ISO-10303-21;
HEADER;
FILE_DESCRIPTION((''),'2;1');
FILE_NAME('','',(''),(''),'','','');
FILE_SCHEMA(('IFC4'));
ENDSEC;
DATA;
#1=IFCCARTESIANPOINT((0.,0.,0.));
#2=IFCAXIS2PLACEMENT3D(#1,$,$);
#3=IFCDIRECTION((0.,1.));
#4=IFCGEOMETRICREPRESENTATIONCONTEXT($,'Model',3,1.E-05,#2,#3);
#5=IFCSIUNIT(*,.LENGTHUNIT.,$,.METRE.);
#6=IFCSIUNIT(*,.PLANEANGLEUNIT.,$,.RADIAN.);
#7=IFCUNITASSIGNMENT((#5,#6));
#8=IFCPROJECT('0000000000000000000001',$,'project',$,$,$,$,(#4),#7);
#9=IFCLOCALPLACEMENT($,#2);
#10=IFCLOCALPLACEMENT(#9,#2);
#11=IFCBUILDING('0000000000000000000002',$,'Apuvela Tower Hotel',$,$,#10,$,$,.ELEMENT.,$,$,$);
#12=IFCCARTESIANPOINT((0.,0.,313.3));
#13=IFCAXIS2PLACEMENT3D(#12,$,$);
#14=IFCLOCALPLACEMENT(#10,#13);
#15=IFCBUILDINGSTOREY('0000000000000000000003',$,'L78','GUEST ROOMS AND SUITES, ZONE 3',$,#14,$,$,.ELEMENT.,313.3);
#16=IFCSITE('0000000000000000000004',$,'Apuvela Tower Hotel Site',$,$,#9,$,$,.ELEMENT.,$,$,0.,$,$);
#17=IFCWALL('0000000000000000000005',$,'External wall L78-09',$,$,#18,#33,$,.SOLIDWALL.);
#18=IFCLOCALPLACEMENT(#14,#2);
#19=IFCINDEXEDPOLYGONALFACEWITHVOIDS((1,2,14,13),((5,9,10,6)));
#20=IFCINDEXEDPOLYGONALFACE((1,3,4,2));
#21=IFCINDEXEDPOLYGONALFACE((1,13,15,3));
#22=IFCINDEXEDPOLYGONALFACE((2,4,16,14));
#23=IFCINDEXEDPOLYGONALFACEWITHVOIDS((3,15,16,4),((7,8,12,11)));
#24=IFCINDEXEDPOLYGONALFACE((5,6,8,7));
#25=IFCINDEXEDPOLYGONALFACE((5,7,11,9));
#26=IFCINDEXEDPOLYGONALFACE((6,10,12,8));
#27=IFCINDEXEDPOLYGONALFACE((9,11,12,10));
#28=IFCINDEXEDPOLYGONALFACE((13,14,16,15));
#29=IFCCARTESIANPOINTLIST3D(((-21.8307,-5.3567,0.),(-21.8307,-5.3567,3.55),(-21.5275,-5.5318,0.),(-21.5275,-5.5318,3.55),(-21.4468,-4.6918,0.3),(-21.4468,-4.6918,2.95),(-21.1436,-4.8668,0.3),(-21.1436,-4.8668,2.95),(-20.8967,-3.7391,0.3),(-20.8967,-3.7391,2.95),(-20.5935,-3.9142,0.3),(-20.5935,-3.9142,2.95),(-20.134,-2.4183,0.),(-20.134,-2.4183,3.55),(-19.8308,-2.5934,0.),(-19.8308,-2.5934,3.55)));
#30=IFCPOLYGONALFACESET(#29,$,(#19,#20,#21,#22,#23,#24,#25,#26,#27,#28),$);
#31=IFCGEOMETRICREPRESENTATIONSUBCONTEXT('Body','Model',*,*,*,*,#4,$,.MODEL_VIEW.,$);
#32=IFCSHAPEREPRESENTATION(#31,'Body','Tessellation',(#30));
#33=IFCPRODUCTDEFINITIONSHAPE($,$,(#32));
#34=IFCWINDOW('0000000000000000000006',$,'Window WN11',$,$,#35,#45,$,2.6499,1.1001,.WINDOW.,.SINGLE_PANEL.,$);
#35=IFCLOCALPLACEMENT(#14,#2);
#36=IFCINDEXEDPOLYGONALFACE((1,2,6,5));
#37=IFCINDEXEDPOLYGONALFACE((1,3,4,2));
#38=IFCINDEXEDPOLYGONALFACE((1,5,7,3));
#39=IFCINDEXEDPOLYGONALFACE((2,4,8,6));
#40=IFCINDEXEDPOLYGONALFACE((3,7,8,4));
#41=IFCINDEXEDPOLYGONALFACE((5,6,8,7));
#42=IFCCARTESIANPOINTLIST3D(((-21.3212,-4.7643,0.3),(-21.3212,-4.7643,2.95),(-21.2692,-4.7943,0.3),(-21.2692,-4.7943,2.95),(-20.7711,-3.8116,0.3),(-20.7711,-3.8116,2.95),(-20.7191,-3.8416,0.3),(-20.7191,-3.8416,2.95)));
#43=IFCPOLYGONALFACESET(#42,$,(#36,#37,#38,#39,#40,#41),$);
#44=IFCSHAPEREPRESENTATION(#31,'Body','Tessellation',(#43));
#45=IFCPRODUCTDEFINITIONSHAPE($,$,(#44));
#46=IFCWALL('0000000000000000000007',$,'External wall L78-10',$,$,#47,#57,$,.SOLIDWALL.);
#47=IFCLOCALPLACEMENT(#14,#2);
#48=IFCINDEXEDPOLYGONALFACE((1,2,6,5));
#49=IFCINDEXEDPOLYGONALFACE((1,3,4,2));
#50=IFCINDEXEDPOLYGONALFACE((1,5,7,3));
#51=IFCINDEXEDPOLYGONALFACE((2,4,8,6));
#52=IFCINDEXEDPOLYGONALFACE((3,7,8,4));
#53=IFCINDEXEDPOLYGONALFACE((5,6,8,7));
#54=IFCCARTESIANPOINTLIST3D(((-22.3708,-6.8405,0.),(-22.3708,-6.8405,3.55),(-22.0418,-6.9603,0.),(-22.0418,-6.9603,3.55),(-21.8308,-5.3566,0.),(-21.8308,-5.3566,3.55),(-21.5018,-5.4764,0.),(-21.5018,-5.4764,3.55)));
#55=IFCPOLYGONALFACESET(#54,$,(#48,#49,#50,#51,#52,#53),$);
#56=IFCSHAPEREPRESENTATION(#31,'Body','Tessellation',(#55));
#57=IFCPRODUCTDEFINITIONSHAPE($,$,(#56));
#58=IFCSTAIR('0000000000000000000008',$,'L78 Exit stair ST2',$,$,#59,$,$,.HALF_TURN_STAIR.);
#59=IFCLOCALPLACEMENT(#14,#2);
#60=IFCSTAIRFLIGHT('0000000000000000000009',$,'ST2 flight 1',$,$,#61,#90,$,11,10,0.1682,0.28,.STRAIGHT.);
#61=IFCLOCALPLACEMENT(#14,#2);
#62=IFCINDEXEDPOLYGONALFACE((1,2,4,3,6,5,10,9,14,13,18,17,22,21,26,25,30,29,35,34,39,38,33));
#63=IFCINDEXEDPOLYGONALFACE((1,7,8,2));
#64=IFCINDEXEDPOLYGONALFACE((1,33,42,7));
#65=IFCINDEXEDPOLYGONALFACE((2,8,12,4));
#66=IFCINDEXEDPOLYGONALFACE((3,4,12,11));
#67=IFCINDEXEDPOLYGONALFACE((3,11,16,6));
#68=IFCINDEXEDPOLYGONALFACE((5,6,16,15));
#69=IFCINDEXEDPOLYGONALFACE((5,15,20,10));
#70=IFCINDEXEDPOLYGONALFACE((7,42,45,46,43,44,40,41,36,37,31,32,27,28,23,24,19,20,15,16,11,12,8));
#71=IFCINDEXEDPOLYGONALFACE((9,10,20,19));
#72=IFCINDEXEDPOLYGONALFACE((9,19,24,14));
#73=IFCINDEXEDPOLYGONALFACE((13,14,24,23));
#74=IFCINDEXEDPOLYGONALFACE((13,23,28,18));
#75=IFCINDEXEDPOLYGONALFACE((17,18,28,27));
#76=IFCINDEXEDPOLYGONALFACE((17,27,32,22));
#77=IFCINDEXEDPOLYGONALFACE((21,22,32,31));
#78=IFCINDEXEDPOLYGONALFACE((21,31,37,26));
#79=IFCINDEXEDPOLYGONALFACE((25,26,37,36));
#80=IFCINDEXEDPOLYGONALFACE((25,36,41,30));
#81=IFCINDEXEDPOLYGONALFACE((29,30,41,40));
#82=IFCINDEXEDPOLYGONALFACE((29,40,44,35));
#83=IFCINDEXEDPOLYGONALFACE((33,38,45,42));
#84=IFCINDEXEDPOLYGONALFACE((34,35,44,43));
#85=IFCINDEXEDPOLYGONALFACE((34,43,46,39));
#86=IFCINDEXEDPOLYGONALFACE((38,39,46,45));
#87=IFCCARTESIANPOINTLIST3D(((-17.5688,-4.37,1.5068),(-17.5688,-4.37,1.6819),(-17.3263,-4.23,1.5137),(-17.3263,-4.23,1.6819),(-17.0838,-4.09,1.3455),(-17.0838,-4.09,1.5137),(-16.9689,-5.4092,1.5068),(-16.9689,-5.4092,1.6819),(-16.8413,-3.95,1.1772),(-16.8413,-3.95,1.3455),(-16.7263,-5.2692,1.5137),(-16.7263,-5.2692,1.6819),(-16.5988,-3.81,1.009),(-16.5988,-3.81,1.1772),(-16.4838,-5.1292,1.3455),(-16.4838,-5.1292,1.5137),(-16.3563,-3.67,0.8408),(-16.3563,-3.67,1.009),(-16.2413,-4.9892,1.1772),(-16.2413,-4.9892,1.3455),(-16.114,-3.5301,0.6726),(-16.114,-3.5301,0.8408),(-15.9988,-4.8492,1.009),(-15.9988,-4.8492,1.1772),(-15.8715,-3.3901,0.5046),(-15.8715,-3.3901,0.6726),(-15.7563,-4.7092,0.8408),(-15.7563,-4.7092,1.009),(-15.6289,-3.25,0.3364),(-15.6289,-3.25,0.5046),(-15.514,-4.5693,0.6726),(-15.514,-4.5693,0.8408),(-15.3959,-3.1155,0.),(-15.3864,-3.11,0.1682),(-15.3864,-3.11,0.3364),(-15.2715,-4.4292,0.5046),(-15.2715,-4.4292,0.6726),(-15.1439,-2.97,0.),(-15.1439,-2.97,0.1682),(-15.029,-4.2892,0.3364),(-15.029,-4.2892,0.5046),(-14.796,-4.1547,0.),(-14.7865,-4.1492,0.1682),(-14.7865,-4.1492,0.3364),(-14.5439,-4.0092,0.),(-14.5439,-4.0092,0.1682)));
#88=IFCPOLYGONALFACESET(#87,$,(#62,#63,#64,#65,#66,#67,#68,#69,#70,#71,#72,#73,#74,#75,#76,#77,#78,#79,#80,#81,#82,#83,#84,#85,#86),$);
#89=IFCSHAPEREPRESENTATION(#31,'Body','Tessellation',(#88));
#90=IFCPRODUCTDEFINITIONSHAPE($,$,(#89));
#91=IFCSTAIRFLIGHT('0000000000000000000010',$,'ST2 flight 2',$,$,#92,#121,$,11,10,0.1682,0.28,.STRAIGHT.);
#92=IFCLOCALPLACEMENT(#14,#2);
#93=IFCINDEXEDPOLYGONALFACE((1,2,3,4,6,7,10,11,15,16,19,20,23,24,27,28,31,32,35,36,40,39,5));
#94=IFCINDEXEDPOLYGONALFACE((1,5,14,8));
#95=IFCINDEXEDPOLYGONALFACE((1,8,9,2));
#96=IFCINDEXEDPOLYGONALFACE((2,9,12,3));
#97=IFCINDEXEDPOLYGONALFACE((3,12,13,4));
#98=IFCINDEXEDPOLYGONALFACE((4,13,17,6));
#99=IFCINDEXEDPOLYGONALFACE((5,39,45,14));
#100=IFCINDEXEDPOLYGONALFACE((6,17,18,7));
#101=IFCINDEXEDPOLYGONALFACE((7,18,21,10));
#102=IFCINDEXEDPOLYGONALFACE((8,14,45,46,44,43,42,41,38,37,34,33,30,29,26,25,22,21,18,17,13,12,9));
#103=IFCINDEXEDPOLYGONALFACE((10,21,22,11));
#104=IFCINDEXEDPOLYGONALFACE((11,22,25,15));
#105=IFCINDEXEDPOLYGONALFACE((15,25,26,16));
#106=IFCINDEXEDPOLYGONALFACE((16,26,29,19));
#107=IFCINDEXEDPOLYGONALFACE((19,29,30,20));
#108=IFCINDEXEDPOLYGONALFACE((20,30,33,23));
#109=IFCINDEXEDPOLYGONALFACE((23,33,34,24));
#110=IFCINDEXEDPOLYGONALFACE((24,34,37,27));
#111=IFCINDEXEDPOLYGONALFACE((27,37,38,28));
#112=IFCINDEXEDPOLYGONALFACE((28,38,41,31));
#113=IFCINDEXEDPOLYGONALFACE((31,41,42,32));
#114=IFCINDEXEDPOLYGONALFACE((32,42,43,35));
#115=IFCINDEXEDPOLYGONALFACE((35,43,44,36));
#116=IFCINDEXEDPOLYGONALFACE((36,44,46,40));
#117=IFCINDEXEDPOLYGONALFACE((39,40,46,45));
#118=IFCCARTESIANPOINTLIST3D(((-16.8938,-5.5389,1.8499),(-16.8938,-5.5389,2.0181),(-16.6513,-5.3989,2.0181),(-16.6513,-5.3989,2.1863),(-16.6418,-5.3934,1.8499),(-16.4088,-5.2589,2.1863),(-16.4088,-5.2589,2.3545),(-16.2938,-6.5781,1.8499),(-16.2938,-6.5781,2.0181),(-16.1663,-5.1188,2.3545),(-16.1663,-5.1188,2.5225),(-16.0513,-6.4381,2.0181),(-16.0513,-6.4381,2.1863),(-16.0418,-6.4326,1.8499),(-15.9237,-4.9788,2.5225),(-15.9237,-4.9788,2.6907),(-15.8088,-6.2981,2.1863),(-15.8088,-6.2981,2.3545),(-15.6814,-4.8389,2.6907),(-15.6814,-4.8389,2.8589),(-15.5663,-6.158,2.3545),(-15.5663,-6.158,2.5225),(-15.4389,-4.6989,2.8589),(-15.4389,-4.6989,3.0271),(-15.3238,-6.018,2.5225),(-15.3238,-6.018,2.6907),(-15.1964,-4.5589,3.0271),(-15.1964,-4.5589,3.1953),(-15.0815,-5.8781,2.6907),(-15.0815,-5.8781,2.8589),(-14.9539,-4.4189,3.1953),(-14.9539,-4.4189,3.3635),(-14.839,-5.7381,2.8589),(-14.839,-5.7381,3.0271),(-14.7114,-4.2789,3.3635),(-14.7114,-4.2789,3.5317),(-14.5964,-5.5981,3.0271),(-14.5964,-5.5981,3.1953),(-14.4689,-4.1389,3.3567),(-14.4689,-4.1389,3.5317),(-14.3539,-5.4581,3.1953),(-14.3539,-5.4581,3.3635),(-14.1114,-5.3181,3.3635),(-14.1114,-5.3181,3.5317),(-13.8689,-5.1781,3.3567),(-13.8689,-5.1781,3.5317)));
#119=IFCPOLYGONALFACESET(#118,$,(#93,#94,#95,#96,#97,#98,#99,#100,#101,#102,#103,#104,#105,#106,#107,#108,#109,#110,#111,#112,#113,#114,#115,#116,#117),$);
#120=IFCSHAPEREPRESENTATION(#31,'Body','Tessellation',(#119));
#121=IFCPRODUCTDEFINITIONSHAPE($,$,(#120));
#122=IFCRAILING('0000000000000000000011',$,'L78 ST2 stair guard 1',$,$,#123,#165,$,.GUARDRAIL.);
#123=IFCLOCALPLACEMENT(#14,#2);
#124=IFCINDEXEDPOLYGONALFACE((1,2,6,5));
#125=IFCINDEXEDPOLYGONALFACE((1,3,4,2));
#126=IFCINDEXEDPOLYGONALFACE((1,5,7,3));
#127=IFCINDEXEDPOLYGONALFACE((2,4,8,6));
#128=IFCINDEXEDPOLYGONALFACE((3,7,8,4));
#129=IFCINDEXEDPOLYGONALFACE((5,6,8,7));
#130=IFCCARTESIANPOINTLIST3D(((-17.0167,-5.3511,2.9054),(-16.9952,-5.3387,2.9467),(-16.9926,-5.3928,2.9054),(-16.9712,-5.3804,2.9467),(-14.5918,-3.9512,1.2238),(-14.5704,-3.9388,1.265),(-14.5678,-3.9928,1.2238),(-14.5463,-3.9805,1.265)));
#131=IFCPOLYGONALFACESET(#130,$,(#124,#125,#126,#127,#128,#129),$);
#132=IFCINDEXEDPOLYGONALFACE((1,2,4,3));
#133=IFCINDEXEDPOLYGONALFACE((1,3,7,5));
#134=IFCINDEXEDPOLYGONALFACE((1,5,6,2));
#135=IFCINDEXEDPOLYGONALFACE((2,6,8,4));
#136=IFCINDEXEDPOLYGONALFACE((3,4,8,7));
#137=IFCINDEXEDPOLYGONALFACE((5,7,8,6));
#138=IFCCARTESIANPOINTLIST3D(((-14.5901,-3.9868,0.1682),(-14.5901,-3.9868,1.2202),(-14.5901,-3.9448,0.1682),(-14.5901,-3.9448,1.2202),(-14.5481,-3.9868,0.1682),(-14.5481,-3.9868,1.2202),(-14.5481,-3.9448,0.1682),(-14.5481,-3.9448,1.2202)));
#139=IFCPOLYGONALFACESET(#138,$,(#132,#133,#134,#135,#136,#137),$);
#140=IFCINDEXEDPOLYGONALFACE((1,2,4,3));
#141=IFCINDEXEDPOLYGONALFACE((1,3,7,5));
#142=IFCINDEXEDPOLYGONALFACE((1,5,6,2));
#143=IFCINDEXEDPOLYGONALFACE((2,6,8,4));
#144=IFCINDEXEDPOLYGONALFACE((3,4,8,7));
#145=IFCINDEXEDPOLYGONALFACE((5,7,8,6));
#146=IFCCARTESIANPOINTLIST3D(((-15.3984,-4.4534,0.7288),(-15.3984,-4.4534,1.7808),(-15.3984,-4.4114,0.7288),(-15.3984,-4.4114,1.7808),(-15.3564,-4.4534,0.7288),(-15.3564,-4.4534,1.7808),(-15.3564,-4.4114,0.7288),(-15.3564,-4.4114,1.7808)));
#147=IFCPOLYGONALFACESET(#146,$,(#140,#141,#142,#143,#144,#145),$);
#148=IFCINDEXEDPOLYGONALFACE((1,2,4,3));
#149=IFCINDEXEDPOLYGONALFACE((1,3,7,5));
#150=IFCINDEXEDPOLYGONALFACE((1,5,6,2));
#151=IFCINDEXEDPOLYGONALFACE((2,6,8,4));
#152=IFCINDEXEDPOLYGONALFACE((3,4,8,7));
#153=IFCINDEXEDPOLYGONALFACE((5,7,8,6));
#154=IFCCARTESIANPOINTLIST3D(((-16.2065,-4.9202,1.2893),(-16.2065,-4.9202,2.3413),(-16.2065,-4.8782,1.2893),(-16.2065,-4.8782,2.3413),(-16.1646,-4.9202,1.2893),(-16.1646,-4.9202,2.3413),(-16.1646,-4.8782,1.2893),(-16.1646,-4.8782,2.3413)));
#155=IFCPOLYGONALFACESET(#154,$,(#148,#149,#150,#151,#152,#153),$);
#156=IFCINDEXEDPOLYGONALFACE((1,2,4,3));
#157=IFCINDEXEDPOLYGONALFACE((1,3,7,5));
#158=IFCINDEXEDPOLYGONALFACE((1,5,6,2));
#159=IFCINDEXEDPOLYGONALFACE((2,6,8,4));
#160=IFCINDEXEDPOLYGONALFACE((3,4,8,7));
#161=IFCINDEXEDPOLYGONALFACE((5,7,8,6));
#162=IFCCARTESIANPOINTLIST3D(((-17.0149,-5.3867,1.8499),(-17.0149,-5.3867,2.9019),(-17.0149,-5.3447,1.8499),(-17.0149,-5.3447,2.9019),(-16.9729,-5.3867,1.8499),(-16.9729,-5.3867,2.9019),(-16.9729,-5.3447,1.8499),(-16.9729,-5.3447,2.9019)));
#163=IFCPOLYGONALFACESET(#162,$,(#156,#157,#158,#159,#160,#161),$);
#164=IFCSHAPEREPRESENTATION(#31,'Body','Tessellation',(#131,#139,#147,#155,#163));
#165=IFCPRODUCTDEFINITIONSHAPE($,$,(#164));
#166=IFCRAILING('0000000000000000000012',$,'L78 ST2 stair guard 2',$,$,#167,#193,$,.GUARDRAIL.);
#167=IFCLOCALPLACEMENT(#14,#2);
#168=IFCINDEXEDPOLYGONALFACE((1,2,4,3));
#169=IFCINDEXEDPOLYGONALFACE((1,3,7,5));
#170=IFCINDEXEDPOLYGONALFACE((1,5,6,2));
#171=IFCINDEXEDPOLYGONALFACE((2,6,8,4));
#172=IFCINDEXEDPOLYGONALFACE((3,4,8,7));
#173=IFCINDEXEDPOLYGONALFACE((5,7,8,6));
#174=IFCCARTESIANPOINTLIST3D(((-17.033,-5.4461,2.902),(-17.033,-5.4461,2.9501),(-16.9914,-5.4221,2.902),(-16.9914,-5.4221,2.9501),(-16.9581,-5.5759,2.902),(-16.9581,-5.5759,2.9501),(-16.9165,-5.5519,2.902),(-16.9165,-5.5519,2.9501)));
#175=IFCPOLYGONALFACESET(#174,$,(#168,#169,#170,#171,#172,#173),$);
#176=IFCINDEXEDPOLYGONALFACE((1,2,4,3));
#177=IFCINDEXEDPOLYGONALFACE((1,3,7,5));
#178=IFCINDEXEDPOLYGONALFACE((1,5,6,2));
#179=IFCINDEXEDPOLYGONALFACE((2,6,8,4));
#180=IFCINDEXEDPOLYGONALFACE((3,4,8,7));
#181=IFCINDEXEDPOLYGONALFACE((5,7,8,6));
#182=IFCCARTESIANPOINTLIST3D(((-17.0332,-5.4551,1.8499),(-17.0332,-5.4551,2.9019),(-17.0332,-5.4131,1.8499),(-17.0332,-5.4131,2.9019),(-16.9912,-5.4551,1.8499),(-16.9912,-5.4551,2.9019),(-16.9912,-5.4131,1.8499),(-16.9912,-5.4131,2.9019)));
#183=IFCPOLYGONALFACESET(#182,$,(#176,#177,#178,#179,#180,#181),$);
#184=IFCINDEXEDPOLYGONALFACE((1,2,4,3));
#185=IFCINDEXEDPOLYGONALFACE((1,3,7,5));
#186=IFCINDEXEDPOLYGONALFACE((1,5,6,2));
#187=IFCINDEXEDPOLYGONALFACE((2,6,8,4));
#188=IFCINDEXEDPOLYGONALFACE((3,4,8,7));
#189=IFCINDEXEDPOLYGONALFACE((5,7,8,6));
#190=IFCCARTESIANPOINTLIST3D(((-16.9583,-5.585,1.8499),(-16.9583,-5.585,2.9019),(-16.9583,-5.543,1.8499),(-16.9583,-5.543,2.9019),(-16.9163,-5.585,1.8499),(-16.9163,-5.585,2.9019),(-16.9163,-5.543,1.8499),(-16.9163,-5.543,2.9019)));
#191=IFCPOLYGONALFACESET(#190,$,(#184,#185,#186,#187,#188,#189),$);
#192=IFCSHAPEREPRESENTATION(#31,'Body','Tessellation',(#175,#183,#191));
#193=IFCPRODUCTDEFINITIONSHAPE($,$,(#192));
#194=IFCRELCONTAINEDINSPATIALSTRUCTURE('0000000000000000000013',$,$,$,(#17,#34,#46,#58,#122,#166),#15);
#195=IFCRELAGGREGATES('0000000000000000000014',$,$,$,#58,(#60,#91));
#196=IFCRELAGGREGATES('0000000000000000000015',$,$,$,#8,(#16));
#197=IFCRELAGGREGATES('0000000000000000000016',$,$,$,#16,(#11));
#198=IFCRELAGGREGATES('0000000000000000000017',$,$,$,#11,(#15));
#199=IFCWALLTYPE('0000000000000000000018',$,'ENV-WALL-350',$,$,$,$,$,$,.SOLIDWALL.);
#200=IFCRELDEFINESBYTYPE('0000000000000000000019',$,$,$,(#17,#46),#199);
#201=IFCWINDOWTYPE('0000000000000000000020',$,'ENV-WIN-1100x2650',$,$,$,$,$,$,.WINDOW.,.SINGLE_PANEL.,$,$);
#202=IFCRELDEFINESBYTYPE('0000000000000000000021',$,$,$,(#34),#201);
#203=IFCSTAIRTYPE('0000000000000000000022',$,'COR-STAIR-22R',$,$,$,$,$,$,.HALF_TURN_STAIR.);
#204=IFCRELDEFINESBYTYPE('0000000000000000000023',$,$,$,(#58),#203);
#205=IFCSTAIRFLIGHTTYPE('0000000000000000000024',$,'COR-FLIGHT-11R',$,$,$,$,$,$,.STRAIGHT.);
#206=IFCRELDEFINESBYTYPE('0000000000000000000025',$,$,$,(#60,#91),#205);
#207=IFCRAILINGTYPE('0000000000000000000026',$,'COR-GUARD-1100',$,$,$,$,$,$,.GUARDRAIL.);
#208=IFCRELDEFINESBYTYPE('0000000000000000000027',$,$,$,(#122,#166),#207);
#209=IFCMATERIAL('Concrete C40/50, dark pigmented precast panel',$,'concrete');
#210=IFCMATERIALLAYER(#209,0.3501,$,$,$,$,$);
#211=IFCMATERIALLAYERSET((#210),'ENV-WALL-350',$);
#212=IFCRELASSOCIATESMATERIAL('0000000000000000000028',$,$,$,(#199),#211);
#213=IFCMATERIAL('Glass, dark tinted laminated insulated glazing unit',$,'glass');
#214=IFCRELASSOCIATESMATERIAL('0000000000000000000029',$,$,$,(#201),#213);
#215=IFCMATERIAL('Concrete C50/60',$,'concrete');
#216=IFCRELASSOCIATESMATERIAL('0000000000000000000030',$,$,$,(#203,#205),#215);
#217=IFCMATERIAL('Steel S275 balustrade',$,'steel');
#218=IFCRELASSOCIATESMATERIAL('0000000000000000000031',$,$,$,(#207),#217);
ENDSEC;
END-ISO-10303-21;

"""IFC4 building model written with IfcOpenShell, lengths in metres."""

from ifc_helpers import new_model, si_unit, direction, frame, frame_2d, origin, origin_2d, place, context, subcontext, project, spatial, polyline, rectangle, outline, extrude, material, layer, layer_set, type_object, element, fill, aggregate, save


model = new_model("IFC4")

# Units and contexts
model_context = context("Model", 3, precision=1e-05, world=origin(), true_north=direction((0.0, 1.0)))
body_context = subcontext(model_context, "Body", "Model", "MODEL_VIEW")
ifc_project = project(units=[si_unit("LENGTHUNIT", "METRE"), si_unit("PLANEANGLEUNIT", "RADIAN")], contexts=[model_context])

# Site, building, storey
site_placement = place(None, origin())
site = spatial("IfcSite", under=ifc_project, at=site_placement, Name="Apuvela Tower Hotel Site", CompositionType="ELEMENT", RefElevation=0.0)
building_placement = place(site_placement, origin())
building = spatial("IfcBuilding", under=site, at=building_placement, Name="Apuvela Tower Hotel", CompositionType="ELEMENT")
storey_placement = place(building_placement, frame((0.0, 0.0, 313.3)))
storey = spatial("IfcBuildingStorey", under=building, at=storey_placement, Name="L78", Description="GUEST ROOMS AND SUITES, ZONE 3", CompositionType="ELEMENT", Elevation=313.3)

# Shared definitions
ifc_material_1 = material(Name="Concrete C50/60", Category="concrete")

# Shared definitions
ifc_material_2 = material(Name="Concrete C40/50, dark pigmented precast panel", Category="concrete")
ifc_layer_1 = layer(ifc_material_2, 0.3501)
ifc_layer_set_1 = layer_set([ifc_layer_1], Name="ENV-WALL-350")
wall_type_1 = type_object("IfcWallType", Name="ENV-WALL-350", PredefinedType="SOLIDWALL", material=ifc_layer_set_1)

# Wall, opening, window
wall_1_placement = place(storey_placement, frame((-19.9824, -2.5059, 0.0), z_axis=(0.0, 0.0, 1.0), x_axis=(-0.500055, -0.865994, 0.0)))
wall_1 = element("IfcWall", 1, at=wall_1_placement, inside=storey, type_object=wall_type_1, Name="External wall L78-09", PredefinedType="SOLIDWALL", context=body_context, shape_type="SweptSolid", body=[
    extrude(rectangle(XDim=3.3931, YDim=0.3501, at=frame_2d((1.6965, 0.0))), origin(), (0.0, 0.0, 1.0), 3.55),
])
opening_1_placement = place(wall_1_placement, frame((1.5251, 0.0, 0.3)))
opening_1 = element("IfcOpeningElement", 2, at=opening_1_placement, cuts=wall_1, PredefinedType="OPENING", context=body_context, shape_type="SweptSolid", body=[
    extrude(rectangle(XDim=1.1001, YDim=2.6499, at=frame_2d((0.55, 1.325))), frame((0.0, 0.1851, 0.0), z_axis=(0.0, -1.0, 0.0), x_axis=(1.0, 0.0, 0.0)), (0.0, 0.0, 1.0), 0.3701),
])
ifc_material_3 = material(Name="Glass, dark tinted laminated insulated glazing unit", Category="glass")
window_type = type_object("IfcWindowType", Name="ENV-WIN-1100x2650", PartitioningType="SINGLE_PANEL", PredefinedType="WINDOW", material=ifc_material_3)
window_placement = place(opening_1_placement, origin())
window = element("IfcWindow", 3, at=window_placement, inside=storey, type_object=window_type, Name="Window WN11", OverallHeight=2.6499, OverallWidth=1.1001, PartitioningType="SINGLE_PANEL", PredefinedType="WINDOW", context=body_context, shape_type="SweptSolid", body=[
    extrude(rectangle(XDim=1.1001, YDim=2.6499, at=frame_2d((0.55, 1.325))), frame((0.0, 0.03, 0.0), z_axis=(0.0, -1.0, 0.0), x_axis=(1.0, 0.0, 0.0)), (0.0, 0.0, 1.0), 0.0601),
])
fill(opening_1, window)

# Wall
wall_2_placement = place(storey_placement, frame((-21.6663, -5.4165, 0.0), z_axis=(0.0, 0.0, 1.0), x_axis=(-0.341991, -0.939703, 0.0)))
element("IfcWall", 4, at=wall_2_placement, inside=storey, type_object=wall_type_1, Name="External wall L78-10", PredefinedType="SOLIDWALL", context=body_context, shape_type="SweptSolid", body=[
    extrude(rectangle(XDim=1.5791, YDim=0.3501, at=frame_2d((0.7896, 0.0))), origin(), (0.0, 0.0, 1.0), 3.55),
])

# Stair, stair flights
stair_type = type_object("IfcStairType", Name="COR-STAIR-22R", PredefinedType="HALF_TURN_STAIR", material=ifc_material_1)
stair_placement = place(storey_placement, origin())
stair = element("IfcStair", 5, at=stair_placement, inside=storey, type_object=stair_type, Name="L78 Exit stair ST2", PredefinedType="HALF_TURN_STAIR")
stair_flight_type = type_object("IfcStairFlightType", Name="COR-FLIGHT-11R", PredefinedType="STRAIGHT", material=ifc_material_1)
stair_flight_1_placement = place(storey_placement, frame((-14.844, -3.4895, 0.0), z_axis=(0.0, 0.0, 1.0), x_axis=(-0.866025, -0.5, 0.0)))
stair_flight_1 = element("IfcStairFlight", 6, at=stair_flight_1_placement, type_object=stair_flight_type, Name="ST2 flight 1", NumberOfRisers=11, NumberOfTreads=10, PredefinedType="STRAIGHT", RiserHeight=0.1682, TreadLength=0.28, context=body_context, shape_type="SweptSolid", body=[
    extrude(outline(polyline([(0.0, 0.0), (0.0, 0.1682), (0.28, 0.1682), (0.28, 0.3364), (0.5601, 0.3364), (0.5601, 0.5046), (0.8401, 0.5046), (0.8401, 0.6726), (1.1201, 0.6726), (1.1201, 0.8408), (1.3999, 0.8408), (1.3999, 1.009), (1.6799, 1.009), (1.6799, 1.1772), (1.96, 1.1772), (1.96, 1.3455), (2.24, 1.3455), (2.24, 1.5137), (2.52, 1.5137), (2.52, 1.6819), (2.8, 1.6819), (2.8, 1.8501), (2.8, 1.5068), (0.291, 0.0), (0.0, 0.0)])), frame((0.0, 0.6001, 0.0), z_axis=(0.0, -1.0, 0.0), x_axis=(1.0, 0.0, 0.0)), (0.0, 0.0, 1.0), 1.2),
])
stair_flight_2_placement = place(storey_placement, frame((-16.5938, -6.0586, 1.8499), z_axis=(0.0, 0.0, 1.0), x_axis=(0.866025, 0.5, 0.0)))
stair_flight_2 = element("IfcStairFlight", 7, at=stair_flight_2_placement, type_object=stair_flight_type, Name="ST2 flight 2", NumberOfRisers=11, NumberOfTreads=10, PredefinedType="STRAIGHT", RiserHeight=0.1682, TreadLength=0.28, context=body_context, shape_type="SweptSolid", body=[
    extrude(outline(polyline([(0.0, 0.0), (0.0, 0.1682), (0.28, 0.1682), (0.28, 0.3364), (0.5601, 0.3364), (0.5601, 0.5046), (0.8401, 0.5046), (0.8401, 0.6726), (1.1201, 0.6726), (1.1201, 0.8408), (1.3999, 0.8408), (1.3999, 1.009), (1.6799, 1.009), (1.6799, 1.1772), (1.96, 1.1772), (1.96, 1.3455), (2.24, 1.3455), (2.24, 1.5137), (2.52, 1.5137), (2.52, 1.6819), (2.8, 1.6819), (2.8, 1.8501), (2.8, 1.5068), (0.291, 0.0), (0.0, 0.0)])), frame((0.0, 0.6001, 0.0), z_axis=(0.0, -1.0, 0.0), x_axis=(1.0, 0.0, 0.0)), (0.0, 0.0, 1.0), 1.2),
])
aggregate(stair, [stair_flight_1, stair_flight_2])

# Railings
ifc_material_4 = material(Name="Steel S275 balustrade", Category="steel")
railing_type_1 = type_object("IfcRailingType", Name="COR-GUARD-1100", PredefinedType="GUARDRAIL", material=ifc_material_4)
railing_1_placement = place(storey_placement, frame((-14.5691, -3.9658, 0.1682)))
element("IfcRailing", 8, at=railing_1_placement, inside=storey, type_object=railing_type_1, Name="L78 ST2 stair guard 1", PredefinedType="GUARDRAIL", context=body_context, shape_type="SweptSolid", body=[
    extrude(rectangle(XDim=0.0481, YDim=0.0481, at=origin_2d()), frame((0.0, 0.0, 1.0762), z_axis=(-0.742419, -0.428618, 0.514879), x_axis=(0.499984, -0.866035, 0.0)), (0.0, 0.0, 1.0), 3.2661),
    extrude(rectangle(XDim=0.042, YDim=0.042, at=origin_2d()), origin(), (0.0, 0.0, 1.0), 1.052),
    extrude(rectangle(XDim=0.042, YDim=0.042, at=origin_2d()), frame((-0.8083, -0.4666, 0.5605)), (0.0, 0.0, 1.0), 1.052),
    extrude(rectangle(XDim=0.042, YDim=0.042, at=origin_2d()), frame((-1.6165, -0.9333, 1.1211)), (0.0, 0.0, 1.0), 1.052),
    extrude(rectangle(XDim=0.042, YDim=0.042, at=origin_2d()), frame((-2.4248, -1.3999, 1.6816)), (0.0, 0.0, 1.0), 1.052),
])
railing_2_placement = place(storey_placement, frame((-17.0122, -5.4341, 1.8499)))
element("IfcRailing", 9, at=railing_2_placement, inside=storey, type_object=railing_type_1, Name="L78 ST2 stair guard 2", PredefinedType="GUARDRAIL", context=body_context, shape_type="SweptSolid", body=[
    extrude(rectangle(XDim=0.0481, YDim=0.0481, at=origin_2d()), frame((0.0, 0.0, 1.0762), z_axis=(0.499816, -0.866131, 0.0), x_axis=(0.866131, 0.499816, 0.0)), (0.0, 0.0, 1.0), 0.1499),
    extrude(rectangle(XDim=0.042, YDim=0.042, at=origin_2d()), origin(), (0.0, 0.0, 1.0), 1.052),
    extrude(rectangle(XDim=0.042, YDim=0.042, at=origin_2d()), frame((0.075, -0.1299, 0.0)), (0.0, 0.0, 1.0), 1.052),
])

save(model, "model.ifc")
